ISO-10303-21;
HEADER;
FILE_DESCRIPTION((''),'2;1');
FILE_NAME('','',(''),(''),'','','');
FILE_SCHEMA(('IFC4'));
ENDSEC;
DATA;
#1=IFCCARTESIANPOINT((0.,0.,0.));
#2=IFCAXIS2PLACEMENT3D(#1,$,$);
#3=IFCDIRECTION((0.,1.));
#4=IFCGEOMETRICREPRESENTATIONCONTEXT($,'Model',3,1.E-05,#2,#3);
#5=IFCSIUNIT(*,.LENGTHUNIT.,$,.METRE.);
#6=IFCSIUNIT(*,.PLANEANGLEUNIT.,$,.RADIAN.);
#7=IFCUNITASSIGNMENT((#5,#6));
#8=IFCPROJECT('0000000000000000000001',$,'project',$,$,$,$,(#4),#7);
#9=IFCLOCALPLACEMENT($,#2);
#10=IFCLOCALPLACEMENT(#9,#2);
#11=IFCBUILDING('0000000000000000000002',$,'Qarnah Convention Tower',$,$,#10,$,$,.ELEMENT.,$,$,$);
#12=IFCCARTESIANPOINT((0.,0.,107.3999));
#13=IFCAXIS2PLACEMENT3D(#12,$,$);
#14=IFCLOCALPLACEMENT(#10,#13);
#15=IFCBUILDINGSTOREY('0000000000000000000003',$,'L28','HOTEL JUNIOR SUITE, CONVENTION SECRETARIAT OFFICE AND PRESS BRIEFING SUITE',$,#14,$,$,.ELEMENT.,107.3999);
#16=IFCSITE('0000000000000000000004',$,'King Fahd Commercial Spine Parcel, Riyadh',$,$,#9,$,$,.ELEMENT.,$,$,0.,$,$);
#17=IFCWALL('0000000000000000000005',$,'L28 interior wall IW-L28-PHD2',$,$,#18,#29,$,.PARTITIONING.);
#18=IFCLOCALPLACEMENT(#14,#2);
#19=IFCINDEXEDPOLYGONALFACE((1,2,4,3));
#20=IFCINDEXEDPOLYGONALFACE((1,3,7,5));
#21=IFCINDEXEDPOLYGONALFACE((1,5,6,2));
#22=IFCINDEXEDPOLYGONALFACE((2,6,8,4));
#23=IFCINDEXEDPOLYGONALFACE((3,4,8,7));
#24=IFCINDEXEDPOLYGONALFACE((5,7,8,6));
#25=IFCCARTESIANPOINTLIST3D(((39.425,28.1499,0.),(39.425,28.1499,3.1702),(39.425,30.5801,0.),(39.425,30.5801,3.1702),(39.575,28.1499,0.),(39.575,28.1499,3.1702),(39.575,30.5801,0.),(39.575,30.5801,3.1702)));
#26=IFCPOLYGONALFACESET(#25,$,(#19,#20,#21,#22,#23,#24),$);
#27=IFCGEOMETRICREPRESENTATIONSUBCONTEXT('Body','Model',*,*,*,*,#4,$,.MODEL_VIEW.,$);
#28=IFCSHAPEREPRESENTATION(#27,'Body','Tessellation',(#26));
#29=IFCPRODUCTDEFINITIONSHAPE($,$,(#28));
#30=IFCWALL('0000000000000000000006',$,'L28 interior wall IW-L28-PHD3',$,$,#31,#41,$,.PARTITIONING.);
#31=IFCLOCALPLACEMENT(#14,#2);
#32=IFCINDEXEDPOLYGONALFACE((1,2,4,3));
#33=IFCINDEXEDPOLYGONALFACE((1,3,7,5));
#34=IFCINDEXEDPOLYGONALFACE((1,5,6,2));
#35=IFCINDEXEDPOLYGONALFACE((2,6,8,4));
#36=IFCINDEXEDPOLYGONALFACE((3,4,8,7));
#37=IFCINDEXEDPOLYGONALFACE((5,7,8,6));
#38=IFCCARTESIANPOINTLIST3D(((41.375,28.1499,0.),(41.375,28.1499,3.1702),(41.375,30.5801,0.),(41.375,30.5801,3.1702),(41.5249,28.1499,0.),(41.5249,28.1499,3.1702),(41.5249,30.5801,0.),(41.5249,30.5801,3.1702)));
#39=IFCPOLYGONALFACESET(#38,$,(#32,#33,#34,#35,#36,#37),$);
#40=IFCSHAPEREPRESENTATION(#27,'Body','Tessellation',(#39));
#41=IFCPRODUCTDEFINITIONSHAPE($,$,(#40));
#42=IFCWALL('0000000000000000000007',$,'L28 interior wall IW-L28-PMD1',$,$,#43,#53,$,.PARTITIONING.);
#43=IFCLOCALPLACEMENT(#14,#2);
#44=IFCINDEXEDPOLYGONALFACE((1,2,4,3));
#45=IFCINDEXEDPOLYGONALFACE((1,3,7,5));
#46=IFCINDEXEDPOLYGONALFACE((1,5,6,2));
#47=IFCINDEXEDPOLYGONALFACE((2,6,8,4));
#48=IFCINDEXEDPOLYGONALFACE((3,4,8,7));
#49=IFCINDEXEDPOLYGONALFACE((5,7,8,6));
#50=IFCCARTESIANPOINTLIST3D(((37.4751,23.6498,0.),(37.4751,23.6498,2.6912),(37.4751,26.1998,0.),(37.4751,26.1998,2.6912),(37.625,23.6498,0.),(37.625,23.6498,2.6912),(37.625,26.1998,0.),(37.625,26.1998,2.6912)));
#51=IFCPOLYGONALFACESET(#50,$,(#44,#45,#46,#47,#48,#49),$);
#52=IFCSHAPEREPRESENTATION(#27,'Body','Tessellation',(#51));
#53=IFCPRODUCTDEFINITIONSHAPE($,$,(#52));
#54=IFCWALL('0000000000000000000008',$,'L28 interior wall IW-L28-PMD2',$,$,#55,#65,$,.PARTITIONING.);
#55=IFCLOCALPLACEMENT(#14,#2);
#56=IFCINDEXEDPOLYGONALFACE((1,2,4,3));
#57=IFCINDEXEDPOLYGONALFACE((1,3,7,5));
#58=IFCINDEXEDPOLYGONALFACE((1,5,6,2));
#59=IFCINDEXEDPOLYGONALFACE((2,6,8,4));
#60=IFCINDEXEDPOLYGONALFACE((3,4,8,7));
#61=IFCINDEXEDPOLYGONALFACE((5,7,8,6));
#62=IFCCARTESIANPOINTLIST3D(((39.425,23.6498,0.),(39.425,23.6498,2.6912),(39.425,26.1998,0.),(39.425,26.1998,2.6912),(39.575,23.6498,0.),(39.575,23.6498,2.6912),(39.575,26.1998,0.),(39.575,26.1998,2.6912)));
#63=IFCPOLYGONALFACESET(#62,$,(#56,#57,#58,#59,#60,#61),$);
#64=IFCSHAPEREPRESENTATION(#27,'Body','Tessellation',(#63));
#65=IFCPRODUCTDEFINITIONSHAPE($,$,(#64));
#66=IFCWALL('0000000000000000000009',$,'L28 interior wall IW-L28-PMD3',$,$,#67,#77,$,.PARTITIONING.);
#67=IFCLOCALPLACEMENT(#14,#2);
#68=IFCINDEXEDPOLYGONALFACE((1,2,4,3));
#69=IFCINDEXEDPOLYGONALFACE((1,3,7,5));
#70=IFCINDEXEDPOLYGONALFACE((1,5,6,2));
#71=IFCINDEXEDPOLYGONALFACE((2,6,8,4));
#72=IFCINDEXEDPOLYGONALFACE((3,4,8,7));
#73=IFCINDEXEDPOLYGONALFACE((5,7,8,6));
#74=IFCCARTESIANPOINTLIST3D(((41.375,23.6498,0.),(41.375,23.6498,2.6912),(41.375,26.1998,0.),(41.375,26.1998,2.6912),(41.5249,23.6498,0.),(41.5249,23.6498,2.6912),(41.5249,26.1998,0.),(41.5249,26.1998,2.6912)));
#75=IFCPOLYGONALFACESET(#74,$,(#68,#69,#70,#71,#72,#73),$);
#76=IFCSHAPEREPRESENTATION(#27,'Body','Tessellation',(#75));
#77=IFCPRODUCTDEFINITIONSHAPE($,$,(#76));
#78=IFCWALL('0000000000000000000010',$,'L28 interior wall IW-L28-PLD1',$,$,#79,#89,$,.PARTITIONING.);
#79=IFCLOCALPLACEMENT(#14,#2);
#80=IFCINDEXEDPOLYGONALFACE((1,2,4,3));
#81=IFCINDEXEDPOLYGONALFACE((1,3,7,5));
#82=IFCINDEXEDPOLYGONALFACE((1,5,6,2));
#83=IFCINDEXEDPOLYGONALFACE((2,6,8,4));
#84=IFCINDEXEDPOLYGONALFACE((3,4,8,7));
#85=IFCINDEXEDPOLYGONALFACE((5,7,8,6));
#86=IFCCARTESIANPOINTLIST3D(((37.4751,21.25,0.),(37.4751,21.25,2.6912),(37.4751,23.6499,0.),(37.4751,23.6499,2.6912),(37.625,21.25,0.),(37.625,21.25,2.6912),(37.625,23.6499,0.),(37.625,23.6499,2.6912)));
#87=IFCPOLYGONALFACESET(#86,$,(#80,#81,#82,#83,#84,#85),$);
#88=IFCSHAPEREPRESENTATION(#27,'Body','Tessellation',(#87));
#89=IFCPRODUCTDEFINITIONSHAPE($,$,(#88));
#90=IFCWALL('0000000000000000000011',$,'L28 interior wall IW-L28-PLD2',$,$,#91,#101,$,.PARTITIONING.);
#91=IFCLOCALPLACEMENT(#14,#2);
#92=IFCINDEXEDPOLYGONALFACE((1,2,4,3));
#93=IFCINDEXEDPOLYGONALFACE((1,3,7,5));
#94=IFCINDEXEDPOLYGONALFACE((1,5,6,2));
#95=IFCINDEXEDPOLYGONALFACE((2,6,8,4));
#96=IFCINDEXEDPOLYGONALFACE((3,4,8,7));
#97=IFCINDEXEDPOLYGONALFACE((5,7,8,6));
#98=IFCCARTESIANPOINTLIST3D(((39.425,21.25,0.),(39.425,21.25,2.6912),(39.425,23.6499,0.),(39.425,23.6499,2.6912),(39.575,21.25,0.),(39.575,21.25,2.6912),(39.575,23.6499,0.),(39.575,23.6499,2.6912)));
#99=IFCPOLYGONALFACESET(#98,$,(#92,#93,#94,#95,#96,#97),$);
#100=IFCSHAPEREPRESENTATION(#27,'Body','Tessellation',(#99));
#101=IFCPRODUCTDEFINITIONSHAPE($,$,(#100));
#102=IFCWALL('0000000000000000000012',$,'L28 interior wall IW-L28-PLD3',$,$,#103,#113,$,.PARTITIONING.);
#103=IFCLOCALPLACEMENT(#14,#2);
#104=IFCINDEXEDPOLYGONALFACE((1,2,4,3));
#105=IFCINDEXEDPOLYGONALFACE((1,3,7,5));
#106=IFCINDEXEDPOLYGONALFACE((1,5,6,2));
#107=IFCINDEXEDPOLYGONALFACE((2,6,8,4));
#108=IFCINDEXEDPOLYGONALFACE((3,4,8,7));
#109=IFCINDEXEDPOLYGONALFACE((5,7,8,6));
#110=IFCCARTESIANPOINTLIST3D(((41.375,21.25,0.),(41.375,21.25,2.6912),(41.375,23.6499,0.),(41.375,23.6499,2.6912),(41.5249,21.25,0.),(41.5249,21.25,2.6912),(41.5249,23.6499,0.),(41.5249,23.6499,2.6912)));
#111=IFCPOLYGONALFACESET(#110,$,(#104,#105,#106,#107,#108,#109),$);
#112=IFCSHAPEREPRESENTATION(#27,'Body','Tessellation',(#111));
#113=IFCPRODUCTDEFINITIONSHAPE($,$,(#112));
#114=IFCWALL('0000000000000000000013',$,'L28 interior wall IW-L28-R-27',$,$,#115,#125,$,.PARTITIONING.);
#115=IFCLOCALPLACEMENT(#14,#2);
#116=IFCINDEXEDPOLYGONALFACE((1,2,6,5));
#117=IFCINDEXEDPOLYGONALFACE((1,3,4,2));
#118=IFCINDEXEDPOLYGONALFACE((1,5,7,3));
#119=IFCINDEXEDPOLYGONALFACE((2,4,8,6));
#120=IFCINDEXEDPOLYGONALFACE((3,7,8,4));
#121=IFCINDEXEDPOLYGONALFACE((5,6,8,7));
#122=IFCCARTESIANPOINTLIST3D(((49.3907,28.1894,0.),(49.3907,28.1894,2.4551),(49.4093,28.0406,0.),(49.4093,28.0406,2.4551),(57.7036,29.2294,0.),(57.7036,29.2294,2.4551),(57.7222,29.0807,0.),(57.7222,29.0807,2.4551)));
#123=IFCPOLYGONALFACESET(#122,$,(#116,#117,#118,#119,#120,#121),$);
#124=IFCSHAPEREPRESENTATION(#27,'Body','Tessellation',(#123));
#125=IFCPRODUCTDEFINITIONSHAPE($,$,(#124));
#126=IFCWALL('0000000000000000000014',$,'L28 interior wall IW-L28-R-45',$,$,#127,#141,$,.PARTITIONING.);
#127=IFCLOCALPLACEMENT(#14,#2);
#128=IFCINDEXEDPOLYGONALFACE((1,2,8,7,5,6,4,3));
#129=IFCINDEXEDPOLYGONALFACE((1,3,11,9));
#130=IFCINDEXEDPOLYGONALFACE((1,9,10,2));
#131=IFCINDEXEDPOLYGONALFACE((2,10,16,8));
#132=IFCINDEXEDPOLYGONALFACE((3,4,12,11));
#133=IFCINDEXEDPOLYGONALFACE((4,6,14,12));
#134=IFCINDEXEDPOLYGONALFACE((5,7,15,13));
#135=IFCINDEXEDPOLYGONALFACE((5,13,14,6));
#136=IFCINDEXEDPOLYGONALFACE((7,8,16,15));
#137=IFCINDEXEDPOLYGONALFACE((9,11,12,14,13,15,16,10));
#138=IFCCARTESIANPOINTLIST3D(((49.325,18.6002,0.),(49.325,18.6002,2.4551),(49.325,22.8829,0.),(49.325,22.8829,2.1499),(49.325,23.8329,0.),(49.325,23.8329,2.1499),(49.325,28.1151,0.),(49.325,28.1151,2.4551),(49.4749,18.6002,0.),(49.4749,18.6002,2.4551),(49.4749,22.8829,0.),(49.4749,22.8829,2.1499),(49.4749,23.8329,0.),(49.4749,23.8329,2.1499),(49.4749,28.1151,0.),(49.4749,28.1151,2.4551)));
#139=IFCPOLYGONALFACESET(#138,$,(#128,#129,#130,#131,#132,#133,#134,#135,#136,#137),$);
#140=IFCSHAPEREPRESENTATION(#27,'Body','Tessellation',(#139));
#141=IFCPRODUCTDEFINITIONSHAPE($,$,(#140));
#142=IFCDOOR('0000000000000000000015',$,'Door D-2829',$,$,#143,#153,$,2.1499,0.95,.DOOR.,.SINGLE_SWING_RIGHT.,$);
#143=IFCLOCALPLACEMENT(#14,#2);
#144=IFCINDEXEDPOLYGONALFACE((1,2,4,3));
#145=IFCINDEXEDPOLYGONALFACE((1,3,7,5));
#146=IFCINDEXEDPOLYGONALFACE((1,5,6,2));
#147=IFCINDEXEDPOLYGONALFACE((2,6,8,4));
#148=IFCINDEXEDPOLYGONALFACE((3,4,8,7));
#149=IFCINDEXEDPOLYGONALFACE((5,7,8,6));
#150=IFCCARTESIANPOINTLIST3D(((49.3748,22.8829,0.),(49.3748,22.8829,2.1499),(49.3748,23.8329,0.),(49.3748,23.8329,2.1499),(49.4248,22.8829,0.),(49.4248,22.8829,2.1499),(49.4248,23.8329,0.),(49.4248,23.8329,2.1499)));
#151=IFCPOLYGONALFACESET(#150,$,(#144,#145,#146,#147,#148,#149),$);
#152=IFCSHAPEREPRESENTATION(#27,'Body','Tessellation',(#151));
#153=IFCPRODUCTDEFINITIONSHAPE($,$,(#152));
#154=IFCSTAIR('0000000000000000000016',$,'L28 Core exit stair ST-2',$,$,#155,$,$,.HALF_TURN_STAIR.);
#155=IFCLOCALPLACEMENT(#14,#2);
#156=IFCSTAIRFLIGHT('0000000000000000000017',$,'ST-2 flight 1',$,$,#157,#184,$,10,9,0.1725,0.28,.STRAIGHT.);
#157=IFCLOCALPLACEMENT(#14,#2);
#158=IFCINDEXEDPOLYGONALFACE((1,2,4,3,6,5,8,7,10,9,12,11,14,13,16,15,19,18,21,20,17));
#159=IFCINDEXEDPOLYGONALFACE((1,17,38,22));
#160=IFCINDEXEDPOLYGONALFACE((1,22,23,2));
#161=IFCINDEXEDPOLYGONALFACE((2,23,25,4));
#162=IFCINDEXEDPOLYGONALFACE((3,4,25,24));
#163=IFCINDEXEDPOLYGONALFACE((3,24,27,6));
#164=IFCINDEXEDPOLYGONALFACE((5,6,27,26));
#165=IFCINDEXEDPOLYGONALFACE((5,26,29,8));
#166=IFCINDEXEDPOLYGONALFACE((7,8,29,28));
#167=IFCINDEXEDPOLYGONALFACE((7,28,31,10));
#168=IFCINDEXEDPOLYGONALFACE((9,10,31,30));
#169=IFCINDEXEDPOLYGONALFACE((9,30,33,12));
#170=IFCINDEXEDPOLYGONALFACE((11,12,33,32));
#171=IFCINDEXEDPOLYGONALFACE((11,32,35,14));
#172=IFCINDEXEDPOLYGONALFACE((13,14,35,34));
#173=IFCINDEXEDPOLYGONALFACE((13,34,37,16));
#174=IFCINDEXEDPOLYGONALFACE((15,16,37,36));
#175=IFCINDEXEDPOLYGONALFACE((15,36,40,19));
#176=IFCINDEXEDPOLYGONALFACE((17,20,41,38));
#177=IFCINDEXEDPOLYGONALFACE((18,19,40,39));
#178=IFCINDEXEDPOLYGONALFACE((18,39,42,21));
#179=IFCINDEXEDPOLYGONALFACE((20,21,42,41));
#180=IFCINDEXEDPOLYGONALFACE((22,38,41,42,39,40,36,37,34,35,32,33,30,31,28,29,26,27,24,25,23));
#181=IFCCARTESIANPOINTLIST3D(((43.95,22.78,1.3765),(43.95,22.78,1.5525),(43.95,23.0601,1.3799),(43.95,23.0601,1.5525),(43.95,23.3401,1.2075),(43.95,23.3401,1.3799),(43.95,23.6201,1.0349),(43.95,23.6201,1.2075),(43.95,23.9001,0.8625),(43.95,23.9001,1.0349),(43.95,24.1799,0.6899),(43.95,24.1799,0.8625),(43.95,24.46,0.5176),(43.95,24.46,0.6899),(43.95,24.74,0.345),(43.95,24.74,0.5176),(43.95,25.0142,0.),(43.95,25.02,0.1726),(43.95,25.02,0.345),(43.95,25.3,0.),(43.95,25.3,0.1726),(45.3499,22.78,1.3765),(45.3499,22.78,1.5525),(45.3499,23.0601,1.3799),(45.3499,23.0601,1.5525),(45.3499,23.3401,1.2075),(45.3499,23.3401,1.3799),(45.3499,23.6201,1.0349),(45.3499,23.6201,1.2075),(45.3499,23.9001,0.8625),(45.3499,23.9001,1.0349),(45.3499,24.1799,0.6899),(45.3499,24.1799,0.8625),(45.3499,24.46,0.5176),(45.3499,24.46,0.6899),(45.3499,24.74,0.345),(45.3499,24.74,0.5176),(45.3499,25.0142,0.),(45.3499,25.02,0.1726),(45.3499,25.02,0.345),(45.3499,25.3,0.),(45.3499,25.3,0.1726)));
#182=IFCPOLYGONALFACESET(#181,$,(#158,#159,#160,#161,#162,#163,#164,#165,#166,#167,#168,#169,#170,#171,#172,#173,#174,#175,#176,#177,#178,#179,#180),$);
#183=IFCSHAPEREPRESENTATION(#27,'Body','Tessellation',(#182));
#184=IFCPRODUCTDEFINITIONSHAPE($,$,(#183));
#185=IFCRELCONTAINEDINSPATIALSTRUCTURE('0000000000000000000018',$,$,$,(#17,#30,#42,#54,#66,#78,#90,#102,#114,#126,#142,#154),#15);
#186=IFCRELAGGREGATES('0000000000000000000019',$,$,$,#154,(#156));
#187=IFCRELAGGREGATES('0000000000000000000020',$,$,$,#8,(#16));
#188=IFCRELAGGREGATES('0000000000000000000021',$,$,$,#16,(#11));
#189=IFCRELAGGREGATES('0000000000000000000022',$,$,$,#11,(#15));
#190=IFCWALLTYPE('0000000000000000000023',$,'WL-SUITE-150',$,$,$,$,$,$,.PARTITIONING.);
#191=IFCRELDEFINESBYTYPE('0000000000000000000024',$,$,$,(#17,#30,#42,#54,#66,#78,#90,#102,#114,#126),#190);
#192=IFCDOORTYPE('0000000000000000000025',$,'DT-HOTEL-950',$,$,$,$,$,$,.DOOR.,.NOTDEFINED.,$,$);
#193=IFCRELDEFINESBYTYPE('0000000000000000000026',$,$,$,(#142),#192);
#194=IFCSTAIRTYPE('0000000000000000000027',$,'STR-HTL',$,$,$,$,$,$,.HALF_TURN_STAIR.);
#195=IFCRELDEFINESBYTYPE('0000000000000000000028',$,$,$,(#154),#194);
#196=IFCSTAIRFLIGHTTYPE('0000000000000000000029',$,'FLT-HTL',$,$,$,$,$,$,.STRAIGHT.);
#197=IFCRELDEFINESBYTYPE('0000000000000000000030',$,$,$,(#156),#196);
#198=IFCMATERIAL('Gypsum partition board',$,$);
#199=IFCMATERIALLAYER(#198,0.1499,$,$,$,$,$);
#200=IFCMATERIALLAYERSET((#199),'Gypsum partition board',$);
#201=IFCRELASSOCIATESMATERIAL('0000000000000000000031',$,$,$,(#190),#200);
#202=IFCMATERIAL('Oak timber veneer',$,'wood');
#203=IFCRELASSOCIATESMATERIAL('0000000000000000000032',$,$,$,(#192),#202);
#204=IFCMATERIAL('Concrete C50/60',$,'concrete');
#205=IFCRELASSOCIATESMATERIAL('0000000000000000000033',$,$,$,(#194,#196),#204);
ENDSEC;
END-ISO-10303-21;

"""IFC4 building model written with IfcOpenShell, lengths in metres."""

from ifc_helpers import new_model, si_unit, direction, frame, frame_2d, origin, place, context, subcontext, project, spatial, polyline, rectangle, outline, extrude, material, layer, layer_set, type_object, element, fill, aggregate, save


model = new_model("IFC4")

# Units and contexts
model_context = context("Model", 3, precision=1e-05, world=origin(), true_north=direction((0.0, 1.0)))
body_context = subcontext(model_context, "Body", "Model", "MODEL_VIEW")
ifc_project = project(units=[si_unit("LENGTHUNIT", "METRE"), si_unit("PLANEANGLEUNIT", "RADIAN")], contexts=[model_context])

# Site, building, storey
site_placement = place(None, origin())
site = spatial("IfcSite", under=ifc_project, at=site_placement, Name="King Fahd Commercial Spine Parcel, Riyadh", CompositionType="ELEMENT", RefElevation=0.0)
building_placement = place(site_placement, origin())
building = spatial("IfcBuilding", under=site, at=building_placement, Name="Qarnah Convention Tower", CompositionType="ELEMENT")
storey_placement = place(building_placement, frame((0.0, 0.0, 107.3999)))
storey = spatial("IfcBuildingStorey", under=building, at=storey_placement, Name="L28", Description="HOTEL JUNIOR SUITE, CONVENTION SECRETARIAT OFFICE AND PRESS BRIEFING SUITE", CompositionType="ELEMENT", Elevation=107.3999)

# Walls
ifc_material_1 = material(Name="Gypsum partition board")
ifc_layer_1 = layer(ifc_material_1, 0.1499)
ifc_layer_set_1 = layer_set([ifc_layer_1], Name="Gypsum partition board")
wall_type_1 = type_object("IfcWallType", Name="WL-SUITE-150", PredefinedType="PARTITIONING", material=ifc_layer_set_1)
for number, where, z_axis, x_axis, name in (
    (1, (39.5, 28.1499, 0.0), (0.0, 0.0, 1.0), (0.0, 1.0, 0.0), "L28 interior wall IW-L28-PHD2"),
    (2, (41.45, 28.1499, 0.0), (0.0, 0.0, 1.0), (0.0, 1.0, 0.0), "L28 interior wall IW-L28-PHD3"),
):
    element("IfcWall", number, at=place(storey_placement, frame(where, z_axis=z_axis, x_axis=x_axis)), inside=storey, type_object=wall_type_1, Name=name, PredefinedType="PARTITIONING", context=body_context, shape_type="SweptSolid", body=[
        extrude(rectangle(XDim=2.4302, YDim=0.1499, at=frame_2d((1.2151, 0.0))), origin(), (0.0, 0.0, 1.0), 3.1702),
    ])
for number, where, z_axis, x_axis, name in (
    (3, (37.55, 23.6499, 0.0), (0.0, 0.0, 1.0), (0.0, 1.0, 0.0), "L28 interior wall IW-L28-PMD1"),
    (4, (39.5, 23.6499, 0.0), (0.0, 0.0, 1.0), (0.0, 1.0, 0.0), "L28 interior wall IW-L28-PMD2"),
    (5, (41.45, 23.6499, 0.0), (0.0, 0.0, 1.0), (0.0, 1.0, 0.0), "L28 interior wall IW-L28-PMD3"),
):
    element("IfcWall", number, at=place(storey_placement, frame(where, z_axis=z_axis, x_axis=x_axis)), inside=storey, type_object=wall_type_1, Name=name, PredefinedType="PARTITIONING", context=body_context, shape_type="SweptSolid", body=[
        extrude(rectangle(XDim=2.55, YDim=0.1499, at=frame_2d((1.2749, 0.0))), origin(), (0.0, 0.0, 1.0), 2.6912),
    ])
for number, where, z_axis, x_axis, name in (
    (6, (37.55, 21.25, 0.0), (0.0, 0.0, 1.0), (0.0, 1.0, 0.0), "L28 interior wall IW-L28-PLD1"),
    (7, (39.5, 21.25, 0.0), (0.0, 0.0, 1.0), (0.0, 1.0, 0.0), "L28 interior wall IW-L28-PLD2"),
    (8, (41.45, 21.25, 0.0), (0.0, 0.0, 1.0), (0.0, 1.0, 0.0), "L28 interior wall IW-L28-PLD3"),
):
    element("IfcWall", number, at=place(storey_placement, frame(where, z_axis=z_axis, x_axis=x_axis)), inside=storey, type_object=wall_type_1, Name=name, PredefinedType="PARTITIONING", context=body_context, shape_type="SweptSolid", body=[
        extrude(rectangle(XDim=2.3999, YDim=0.1499, at=frame_2d((1.2, 0.0))), origin(), (0.0, 0.0, 1.0), 2.6912),
    ])
wall_1_placement = place(storey_placement, frame((49.3999, 28.115, 0.0), z_axis=(0.0, 0.0, 1.0), x_axis=(0.992264, 0.124142, 0.0)))
element("IfcWall", 9, at=wall_1_placement, inside=storey, type_object=wall_type_1, Name="L28 interior wall IW-L28-R-27", PredefinedType="PARTITIONING", context=body_context, shape_type="SweptSolid", body=[
    extrude(rectangle(XDim=8.3777, YDim=0.1499, at=frame_2d((4.189, 0.0))), origin(), (0.0, 0.0, 1.0), 2.4551),
])

# Wall, opening, door
wall_2_placement = place(storey_placement, frame((49.3999, 28.115, 0.0), z_axis=(0.0, 0.0, 1.0), x_axis=(0.0, -1.0, 0.0)))
wall_2 = element("IfcWall", 10, at=wall_2_placement, inside=storey, type_object=wall_type_1, Name="L28 interior wall IW-L28-R-45", PredefinedType="PARTITIONING", context=body_context, shape_type="SweptSolid", body=[
    extrude(rectangle(XDim=9.5149, YDim=0.1499, at=frame_2d((4.7573, 0.0))), origin(), (0.0, 0.0, 1.0), 2.4551),
])
opening_placement = place(wall_2_placement, frame((4.282, 0.0, 0.0)))
opening = element("IfcOpeningElement", 11, at=opening_placement, cuts=wall_2, PredefinedType="OPENING", context=body_context, shape_type="SweptSolid", body=[
    extrude(rectangle(XDim=0.95, YDim=2.1499, at=frame_2d((0.4751, 1.075))), frame((0.0, 0.085, 0.0), z_axis=(0.0, -1.0, 0.0), x_axis=(1.0, 0.0, 0.0)), (0.0, 0.0, 1.0), 0.1699),
])
ifc_material_2 = material(Name="Oak timber veneer", Category="wood")
door_type = type_object("IfcDoorType", Name="DT-HOTEL-950", OperationType="NOTDEFINED", PredefinedType="DOOR", material=ifc_material_2)
door_placement = place(opening_placement, origin())
door = element("IfcDoor", 12, at=door_placement, inside=storey, type_object=door_type, Name="Door D-2829", OperationType="SINGLE_SWING_RIGHT", OverallHeight=2.1499, OverallWidth=0.95, PredefinedType="DOOR", context=body_context, shape_type="SweptSolid", body=[
    extrude(rectangle(XDim=0.95, YDim=2.1499, at=frame_2d((0.4751, 1.075))), frame((0.0, 0.0249, 0.0), z_axis=(0.0, -1.0, 0.0), x_axis=(1.0, 0.0, 0.0)), (0.0, 0.0, 1.0), 0.05),
])
fill(opening, door)

# Stair, stair flight
ifc_material_3 = material(Name="Concrete C50/60", Category="concrete")
stair_type = type_object("IfcStairType", Name="STR-HTL", PredefinedType="HALF_TURN_STAIR", material=ifc_material_3)
stair_placement = place(storey_placement, origin())
stair = element("IfcStair", 13, at=stair_placement, inside=storey, type_object=stair_type, Name="L28 Core exit stair ST-2", PredefinedType="HALF_TURN_STAIR")
stair_flight_type = type_object("IfcStairFlightType", Name="FLT-HTL", PredefinedType="STRAIGHT", material=ifc_material_3)
stair_flight_1_placement = place(storey_placement, frame((44.6499, 25.3, 0.0), z_axis=(0.0, 0.0, 1.0), x_axis=(0.0, -1.0, 0.0)))
stair_flight_1 = element("IfcStairFlight", 14, at=stair_flight_1_placement, type_object=stair_flight_type, Name="ST-2 flight 1", NumberOfRisers=10, NumberOfTreads=9, PredefinedType="STRAIGHT", RiserHeight=0.1725, TreadLength=0.28, context=body_context, shape_type="SweptSolid", body=[
    extrude(outline(polyline([(0.0, 0.0), (0.0, 0.1726), (0.28, 0.1726), (0.28, 0.345), (0.5601, 0.345), (0.5601, 0.5176), (0.8401, 0.5176), (0.8401, 0.6899), (1.1201, 0.6899), (1.1201, 0.8625), (1.3999, 0.8625), (1.3999, 1.0349), (1.6799, 1.0349), (1.6799, 1.2075), (1.96, 1.2075), (1.96, 1.3799), (2.24, 1.3799), (2.24, 1.5525), (2.52, 1.5525), (2.52, 1.7251), (2.52, 1.3765), (0.2859, 0.0), (0.0, 0.0)])), frame((0.0, 0.7, 0.0), z_axis=(0.0, -1.0, 0.0), x_axis=(1.0, 0.0, 0.0)), (0.0, 0.0, 1.0), 1.3999),
])
aggregate(stair, [stair_flight_1])

save(model, "model.ifc")
